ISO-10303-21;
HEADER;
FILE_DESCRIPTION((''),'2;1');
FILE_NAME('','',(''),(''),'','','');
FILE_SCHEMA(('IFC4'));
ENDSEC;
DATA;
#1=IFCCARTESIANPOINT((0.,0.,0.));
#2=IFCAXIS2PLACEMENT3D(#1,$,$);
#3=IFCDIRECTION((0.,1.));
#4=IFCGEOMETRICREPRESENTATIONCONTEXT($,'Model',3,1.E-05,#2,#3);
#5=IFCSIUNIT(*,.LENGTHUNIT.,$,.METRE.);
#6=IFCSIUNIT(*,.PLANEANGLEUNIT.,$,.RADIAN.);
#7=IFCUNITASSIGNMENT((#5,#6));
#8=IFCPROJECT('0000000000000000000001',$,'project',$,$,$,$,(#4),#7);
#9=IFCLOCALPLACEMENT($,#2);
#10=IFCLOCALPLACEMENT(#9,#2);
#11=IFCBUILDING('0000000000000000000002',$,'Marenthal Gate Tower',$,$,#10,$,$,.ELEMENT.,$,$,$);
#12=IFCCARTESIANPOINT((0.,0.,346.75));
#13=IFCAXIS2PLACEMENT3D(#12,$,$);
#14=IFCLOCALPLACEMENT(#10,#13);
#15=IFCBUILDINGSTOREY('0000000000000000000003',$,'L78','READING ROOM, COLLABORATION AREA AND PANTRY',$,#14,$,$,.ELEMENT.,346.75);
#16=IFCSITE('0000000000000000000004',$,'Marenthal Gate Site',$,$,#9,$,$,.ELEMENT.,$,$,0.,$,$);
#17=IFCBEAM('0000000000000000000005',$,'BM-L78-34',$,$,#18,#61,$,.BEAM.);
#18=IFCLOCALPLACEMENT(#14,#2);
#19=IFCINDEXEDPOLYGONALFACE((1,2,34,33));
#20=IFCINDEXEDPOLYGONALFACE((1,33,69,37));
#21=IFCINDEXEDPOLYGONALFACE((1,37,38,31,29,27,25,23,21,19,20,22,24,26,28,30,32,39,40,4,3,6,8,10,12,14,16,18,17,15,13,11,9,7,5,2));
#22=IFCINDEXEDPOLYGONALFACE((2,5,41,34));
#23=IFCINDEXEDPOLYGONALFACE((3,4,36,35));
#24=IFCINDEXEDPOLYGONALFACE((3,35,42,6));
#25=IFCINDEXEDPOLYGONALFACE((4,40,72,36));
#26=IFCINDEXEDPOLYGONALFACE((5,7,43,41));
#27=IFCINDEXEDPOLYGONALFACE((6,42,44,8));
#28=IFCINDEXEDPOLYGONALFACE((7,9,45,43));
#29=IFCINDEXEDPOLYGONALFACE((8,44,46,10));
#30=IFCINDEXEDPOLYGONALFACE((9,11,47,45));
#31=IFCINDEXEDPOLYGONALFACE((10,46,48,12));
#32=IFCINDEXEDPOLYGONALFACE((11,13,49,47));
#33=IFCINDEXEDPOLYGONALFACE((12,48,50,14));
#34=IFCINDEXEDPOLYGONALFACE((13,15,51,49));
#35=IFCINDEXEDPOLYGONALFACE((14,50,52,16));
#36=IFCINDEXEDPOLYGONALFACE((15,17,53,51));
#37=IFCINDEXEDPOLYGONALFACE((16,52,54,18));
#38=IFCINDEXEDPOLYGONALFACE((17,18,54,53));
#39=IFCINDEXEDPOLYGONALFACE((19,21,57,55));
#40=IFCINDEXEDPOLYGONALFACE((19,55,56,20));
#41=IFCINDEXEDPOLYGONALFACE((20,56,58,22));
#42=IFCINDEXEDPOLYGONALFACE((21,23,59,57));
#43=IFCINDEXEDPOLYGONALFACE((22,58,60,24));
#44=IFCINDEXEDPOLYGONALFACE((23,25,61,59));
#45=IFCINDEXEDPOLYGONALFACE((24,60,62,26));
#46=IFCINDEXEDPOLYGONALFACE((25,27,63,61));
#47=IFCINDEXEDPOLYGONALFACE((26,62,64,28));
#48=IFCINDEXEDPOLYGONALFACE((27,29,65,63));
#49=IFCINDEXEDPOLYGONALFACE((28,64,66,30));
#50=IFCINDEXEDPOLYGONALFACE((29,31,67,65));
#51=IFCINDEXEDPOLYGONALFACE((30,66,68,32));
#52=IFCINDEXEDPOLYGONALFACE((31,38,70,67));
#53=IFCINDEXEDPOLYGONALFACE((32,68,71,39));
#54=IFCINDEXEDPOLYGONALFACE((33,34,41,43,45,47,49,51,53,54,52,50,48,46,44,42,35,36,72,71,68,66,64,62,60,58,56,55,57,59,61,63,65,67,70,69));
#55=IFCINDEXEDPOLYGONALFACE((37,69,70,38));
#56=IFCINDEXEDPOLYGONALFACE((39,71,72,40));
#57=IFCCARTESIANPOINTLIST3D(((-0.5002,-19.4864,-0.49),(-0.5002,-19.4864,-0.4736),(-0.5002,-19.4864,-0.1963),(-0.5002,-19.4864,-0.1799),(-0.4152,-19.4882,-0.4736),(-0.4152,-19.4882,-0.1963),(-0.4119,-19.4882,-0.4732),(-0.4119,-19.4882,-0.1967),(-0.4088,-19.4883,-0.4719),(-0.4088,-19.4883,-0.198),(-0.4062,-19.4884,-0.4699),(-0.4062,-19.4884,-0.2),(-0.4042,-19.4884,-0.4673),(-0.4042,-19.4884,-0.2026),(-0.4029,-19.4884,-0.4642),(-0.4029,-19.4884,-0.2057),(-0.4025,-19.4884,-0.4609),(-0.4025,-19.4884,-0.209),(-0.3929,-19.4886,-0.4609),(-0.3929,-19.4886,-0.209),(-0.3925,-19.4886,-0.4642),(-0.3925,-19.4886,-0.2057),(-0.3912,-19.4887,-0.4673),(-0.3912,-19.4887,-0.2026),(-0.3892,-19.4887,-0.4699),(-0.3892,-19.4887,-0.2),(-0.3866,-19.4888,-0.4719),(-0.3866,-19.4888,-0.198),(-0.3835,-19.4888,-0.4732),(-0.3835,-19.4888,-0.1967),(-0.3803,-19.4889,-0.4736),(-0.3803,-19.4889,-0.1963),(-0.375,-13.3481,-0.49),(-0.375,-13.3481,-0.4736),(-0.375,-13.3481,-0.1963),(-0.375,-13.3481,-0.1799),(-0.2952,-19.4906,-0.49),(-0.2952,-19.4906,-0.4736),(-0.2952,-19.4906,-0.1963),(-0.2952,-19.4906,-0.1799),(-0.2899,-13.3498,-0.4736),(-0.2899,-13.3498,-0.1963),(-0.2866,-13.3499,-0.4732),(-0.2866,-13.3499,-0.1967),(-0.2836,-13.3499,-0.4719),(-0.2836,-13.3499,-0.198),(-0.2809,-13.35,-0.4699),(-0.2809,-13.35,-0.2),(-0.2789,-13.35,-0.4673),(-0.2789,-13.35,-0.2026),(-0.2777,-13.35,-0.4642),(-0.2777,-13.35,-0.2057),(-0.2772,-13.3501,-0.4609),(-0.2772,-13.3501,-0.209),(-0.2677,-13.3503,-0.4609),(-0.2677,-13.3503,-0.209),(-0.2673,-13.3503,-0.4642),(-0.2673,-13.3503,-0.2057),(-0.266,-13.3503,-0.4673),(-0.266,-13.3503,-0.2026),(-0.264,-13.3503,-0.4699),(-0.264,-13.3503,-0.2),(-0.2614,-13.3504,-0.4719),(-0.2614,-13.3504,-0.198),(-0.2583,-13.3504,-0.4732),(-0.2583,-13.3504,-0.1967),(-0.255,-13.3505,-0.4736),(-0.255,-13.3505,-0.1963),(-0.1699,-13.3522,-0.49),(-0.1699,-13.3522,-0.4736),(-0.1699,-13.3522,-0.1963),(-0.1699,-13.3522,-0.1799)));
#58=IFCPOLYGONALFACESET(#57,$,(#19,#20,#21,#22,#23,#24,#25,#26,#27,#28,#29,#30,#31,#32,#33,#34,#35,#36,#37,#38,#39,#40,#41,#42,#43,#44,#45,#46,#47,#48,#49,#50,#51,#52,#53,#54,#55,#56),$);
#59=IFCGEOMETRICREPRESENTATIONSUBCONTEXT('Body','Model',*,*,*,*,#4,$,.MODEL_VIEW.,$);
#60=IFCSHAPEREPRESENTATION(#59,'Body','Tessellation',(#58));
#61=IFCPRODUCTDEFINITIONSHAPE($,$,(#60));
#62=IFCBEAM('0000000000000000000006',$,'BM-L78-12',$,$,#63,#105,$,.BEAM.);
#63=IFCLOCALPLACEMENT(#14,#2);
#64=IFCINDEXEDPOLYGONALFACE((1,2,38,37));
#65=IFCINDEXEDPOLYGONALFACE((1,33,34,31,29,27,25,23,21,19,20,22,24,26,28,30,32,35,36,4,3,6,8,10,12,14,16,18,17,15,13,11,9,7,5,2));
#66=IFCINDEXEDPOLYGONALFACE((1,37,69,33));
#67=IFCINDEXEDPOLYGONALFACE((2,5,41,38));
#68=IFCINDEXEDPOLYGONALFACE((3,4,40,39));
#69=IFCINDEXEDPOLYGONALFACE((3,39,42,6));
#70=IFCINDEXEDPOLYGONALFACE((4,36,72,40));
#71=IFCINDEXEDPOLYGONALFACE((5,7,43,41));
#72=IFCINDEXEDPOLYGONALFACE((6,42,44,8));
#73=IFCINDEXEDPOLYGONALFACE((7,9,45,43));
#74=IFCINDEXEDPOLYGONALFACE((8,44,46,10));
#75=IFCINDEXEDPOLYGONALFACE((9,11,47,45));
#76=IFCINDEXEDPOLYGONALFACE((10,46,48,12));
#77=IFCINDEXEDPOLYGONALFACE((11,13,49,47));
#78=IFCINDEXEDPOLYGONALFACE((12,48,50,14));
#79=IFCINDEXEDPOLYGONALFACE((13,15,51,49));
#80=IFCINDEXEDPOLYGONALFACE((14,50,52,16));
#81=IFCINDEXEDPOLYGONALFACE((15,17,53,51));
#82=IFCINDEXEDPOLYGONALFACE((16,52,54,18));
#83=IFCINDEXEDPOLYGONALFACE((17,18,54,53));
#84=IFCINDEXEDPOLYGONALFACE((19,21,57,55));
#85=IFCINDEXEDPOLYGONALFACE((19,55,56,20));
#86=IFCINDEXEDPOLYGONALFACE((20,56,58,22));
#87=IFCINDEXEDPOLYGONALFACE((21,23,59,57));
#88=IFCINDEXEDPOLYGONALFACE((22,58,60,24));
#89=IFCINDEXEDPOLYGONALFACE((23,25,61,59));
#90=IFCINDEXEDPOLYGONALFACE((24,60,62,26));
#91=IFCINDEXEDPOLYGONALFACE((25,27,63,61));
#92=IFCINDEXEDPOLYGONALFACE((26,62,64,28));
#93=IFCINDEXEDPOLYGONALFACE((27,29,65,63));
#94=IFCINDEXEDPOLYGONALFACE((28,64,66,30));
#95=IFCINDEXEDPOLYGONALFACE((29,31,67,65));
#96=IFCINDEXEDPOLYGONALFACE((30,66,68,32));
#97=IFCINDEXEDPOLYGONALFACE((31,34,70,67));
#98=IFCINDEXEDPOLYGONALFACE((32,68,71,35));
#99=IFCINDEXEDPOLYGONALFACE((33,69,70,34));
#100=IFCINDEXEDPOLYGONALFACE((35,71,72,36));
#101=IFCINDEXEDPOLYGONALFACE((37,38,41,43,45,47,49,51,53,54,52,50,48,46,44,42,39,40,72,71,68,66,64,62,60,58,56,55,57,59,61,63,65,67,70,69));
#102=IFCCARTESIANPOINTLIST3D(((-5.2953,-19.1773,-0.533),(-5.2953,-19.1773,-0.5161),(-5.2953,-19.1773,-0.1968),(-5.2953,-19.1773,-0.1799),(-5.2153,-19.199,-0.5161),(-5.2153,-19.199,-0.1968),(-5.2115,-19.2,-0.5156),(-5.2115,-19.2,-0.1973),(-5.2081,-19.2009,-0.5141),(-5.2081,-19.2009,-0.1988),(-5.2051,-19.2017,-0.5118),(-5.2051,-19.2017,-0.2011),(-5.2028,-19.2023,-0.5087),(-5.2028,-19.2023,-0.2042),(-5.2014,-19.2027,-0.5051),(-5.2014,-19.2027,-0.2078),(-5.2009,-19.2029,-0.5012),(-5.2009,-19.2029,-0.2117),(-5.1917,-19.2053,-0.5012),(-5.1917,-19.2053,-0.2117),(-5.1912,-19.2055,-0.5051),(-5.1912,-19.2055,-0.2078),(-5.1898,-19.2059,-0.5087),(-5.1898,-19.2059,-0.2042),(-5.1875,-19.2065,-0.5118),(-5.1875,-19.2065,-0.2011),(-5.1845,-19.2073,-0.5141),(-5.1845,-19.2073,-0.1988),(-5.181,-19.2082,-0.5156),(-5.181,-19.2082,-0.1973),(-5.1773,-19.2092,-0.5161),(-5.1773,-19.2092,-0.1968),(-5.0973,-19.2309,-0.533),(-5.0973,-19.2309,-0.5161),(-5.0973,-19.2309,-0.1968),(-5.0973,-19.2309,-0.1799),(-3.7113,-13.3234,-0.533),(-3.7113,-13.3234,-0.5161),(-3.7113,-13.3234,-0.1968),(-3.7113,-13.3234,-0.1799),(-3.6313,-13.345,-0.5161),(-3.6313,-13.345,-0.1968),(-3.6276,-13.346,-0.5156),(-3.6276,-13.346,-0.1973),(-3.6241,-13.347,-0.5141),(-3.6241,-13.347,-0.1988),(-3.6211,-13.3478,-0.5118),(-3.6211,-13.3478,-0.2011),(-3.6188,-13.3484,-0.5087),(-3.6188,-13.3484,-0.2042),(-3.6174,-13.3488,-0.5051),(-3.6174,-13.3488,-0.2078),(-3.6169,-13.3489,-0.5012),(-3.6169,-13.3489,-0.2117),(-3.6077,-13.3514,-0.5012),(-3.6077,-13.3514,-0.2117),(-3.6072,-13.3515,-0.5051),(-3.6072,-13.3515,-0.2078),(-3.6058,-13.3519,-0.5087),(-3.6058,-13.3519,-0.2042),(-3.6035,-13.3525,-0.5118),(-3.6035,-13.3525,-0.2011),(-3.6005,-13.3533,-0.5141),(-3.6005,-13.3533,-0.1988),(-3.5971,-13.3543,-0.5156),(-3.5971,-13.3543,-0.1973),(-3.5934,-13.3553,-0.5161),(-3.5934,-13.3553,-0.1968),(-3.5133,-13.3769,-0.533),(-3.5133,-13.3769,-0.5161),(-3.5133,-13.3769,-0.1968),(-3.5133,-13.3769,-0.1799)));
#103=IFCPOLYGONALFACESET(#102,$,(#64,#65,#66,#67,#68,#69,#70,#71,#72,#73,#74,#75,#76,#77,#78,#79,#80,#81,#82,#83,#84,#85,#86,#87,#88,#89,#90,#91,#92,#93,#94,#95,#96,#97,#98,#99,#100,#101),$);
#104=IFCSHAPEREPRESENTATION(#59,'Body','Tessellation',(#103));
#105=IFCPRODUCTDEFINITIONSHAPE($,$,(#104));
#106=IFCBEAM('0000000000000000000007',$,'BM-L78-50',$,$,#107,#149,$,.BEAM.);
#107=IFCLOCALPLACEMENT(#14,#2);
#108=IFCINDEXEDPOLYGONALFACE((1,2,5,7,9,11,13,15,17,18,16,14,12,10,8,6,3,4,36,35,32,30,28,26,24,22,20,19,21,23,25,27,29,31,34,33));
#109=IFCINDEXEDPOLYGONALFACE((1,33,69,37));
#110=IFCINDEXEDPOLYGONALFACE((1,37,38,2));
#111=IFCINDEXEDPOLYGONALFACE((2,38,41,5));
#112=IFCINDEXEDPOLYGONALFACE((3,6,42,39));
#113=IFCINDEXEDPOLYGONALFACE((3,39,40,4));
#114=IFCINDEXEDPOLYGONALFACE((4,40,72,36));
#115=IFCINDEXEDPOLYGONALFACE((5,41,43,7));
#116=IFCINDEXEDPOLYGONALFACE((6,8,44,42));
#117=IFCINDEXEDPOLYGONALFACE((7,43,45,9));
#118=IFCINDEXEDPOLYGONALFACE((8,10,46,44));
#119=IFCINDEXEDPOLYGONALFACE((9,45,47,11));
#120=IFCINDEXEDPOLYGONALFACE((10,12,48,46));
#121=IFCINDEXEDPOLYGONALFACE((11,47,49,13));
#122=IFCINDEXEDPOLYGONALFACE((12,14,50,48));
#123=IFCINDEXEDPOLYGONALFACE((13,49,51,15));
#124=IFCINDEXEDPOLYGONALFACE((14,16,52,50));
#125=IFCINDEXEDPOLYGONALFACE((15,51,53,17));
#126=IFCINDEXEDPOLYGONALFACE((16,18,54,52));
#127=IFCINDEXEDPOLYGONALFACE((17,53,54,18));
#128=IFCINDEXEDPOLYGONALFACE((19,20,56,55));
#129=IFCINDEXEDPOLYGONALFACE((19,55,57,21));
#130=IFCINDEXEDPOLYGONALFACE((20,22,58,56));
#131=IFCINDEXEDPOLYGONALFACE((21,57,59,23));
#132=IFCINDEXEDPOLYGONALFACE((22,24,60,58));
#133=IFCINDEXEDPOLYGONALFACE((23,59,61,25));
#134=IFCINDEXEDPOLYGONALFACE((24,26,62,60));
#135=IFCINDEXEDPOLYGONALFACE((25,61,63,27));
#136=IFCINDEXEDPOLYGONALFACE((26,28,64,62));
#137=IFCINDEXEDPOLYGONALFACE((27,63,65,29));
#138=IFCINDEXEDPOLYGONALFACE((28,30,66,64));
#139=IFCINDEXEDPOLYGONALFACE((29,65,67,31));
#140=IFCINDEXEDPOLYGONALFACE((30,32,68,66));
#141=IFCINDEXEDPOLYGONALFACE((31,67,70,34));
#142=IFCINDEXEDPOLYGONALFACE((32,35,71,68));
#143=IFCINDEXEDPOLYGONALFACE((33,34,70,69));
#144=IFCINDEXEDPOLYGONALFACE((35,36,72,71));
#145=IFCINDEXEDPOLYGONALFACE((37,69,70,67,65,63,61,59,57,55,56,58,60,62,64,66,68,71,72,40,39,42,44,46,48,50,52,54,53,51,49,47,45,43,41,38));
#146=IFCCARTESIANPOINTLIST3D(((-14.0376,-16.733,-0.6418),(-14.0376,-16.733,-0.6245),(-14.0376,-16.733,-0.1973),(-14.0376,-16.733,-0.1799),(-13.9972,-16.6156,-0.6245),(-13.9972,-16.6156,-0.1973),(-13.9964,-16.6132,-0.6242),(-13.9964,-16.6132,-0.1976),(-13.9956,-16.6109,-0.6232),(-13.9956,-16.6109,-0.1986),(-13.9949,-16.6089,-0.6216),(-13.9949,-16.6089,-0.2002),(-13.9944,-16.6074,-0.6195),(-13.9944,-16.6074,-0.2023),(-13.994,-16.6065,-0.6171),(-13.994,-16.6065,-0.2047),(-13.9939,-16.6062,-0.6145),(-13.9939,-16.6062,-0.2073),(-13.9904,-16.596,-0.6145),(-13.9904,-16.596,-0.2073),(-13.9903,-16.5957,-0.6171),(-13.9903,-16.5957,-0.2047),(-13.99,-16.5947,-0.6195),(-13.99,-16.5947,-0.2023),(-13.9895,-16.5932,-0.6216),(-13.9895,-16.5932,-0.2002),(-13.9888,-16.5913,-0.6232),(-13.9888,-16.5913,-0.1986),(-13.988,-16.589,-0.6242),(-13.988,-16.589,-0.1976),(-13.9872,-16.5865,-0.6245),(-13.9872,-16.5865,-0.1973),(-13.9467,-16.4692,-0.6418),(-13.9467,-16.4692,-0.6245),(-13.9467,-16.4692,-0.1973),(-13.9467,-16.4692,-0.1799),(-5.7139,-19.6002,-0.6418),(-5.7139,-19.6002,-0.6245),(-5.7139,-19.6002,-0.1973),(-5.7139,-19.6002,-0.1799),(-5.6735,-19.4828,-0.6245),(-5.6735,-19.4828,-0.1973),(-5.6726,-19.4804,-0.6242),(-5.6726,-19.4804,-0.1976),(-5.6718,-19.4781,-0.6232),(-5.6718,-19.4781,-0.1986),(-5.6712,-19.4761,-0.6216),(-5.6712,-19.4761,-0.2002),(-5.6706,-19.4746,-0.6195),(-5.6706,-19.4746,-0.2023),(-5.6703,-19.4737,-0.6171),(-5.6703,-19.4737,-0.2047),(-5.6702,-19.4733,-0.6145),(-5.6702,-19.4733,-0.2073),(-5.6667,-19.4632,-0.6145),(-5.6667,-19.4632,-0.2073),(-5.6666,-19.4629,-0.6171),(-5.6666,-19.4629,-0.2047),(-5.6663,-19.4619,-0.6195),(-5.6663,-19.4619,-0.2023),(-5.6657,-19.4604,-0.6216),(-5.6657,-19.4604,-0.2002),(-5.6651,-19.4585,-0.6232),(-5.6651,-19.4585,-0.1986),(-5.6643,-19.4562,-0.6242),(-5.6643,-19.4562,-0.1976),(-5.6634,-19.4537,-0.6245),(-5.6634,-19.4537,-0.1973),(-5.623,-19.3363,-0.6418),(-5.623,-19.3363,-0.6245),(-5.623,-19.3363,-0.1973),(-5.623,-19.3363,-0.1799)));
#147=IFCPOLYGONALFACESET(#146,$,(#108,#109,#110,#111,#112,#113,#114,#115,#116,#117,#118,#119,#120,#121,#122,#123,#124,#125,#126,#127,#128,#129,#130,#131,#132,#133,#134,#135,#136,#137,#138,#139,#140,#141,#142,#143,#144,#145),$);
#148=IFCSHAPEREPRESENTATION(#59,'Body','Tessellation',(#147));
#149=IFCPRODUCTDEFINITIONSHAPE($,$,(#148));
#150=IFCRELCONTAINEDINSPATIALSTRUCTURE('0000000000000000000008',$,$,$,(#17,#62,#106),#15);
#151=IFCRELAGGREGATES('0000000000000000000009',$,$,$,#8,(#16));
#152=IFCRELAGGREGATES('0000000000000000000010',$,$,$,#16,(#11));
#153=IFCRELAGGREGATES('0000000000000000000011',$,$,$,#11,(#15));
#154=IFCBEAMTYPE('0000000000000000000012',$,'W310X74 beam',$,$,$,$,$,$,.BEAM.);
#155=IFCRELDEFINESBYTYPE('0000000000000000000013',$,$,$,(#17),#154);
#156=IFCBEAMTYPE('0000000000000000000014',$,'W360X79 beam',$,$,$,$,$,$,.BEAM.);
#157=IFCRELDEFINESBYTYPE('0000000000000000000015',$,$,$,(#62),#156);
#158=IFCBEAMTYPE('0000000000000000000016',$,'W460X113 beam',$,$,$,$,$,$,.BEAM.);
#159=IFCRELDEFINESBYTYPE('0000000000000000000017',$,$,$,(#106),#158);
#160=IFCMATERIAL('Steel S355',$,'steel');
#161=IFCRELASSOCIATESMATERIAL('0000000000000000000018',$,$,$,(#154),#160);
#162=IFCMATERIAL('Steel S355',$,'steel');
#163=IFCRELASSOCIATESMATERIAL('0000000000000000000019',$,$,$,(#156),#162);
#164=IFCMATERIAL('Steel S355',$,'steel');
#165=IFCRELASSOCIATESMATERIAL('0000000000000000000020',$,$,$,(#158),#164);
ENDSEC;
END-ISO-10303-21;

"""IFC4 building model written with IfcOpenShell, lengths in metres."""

from ifc_helpers import new_model, si_unit, direction, frame, origin, origin_2d, place, context, subcontext, project, spatial, i_section, extrude, material, material_profile, profile_set, type_object, element, save


model = new_model("IFC4")

# Units and contexts
model_context = context("Model", 3, precision=1e-05, world=origin(), true_north=direction((0.0, 1.0)))
body_context = subcontext(model_context, "Body", "Model", "MODEL_VIEW")
ifc_project = project(units=[si_unit("LENGTHUNIT", "METRE"), si_unit("PLANEANGLEUNIT", "RADIAN")], contexts=[model_context])

# Site, building, storey
site_placement = place(None, origin())
site = spatial("IfcSite", under=ifc_project, at=site_placement, Name="Marenthal Gate Site", CompositionType="ELEMENT", RefElevation=0.0)
building_placement = place(site_placement, origin())
building = spatial("IfcBuilding", under=site, at=building_placement, Name="Marenthal Gate Tower", CompositionType="ELEMENT")
storey_placement = place(building_placement, frame((0.0, 0.0, 346.75)))
storey = spatial("IfcBuildingStorey", under=building, at=storey_placement, Name="L78", Description="READING ROOM, COLLABORATION AREA AND PANTRY", CompositionType="ELEMENT", Elevation=346.75)

# Beams
ifc_material_1 = material(Name="Steel S355", Category="steel")
ifc_material_profile_1 = material_profile(ifc_material_1, i_section(OverallWidth=0.2051, OverallDepth=0.3101, WebThickness=0.0095, FlangeThickness=0.0164, FilletRadius=0.0127, at=origin_2d()), Name="W310X74")
ifc_profile_set_1 = profile_set([ifc_material_profile_1], Name="Steel S355")
beam_type_1 = type_object("IfcBeamType", Name="W310X74 beam", PredefinedType="BEAM", material=ifc_profile_set_1)
beam_1_placement = place(storey_placement, frame((-0.3977, -19.4885, -0.335), z_axis=(0.020399, 0.999792, 0.0), x_axis=(-0.999792, 0.020399, 0.0)))
element("IfcBeam", 1, at=beam_1_placement, inside=storey, type_object=beam_type_1, Name="BM-L78-34", PredefinedType="BEAM", context=body_context, shape_type="SweptSolid", body=[
    extrude(i_section(OverallWidth=0.2051, OverallDepth=0.3101, WebThickness=0.0095, FlangeThickness=0.0164, FilletRadius=0.0127, at=origin_2d()), origin(), (0.0, 0.0, 1.0), 6.1396),
])
ifc_material_2 = material(Name="Steel S355", Category="steel")
ifc_material_profile_2 = material_profile(ifc_material_2, i_section(OverallWidth=0.2051, OverallDepth=0.353, WebThickness=0.0095, FlangeThickness=0.0168, FilletRadius=0.0149, at=origin_2d()), Name="W360X79")
ifc_profile_set_2 = profile_set([ifc_material_profile_2], Name="Steel S355")
beam_type_2 = type_object("IfcBeamType", Name="W360X79 beam", PredefinedType="BEAM", material=ifc_profile_set_2)
beam_2_placement = place(storey_placement, frame((-5.1963, -19.2041, -0.3564), z_axis=(0.261189, 0.965288, 0.0), x_axis=(-0.965288, 0.261189, 0.0)))
element("IfcBeam", 2, at=beam_2_placement, inside=storey, type_object=beam_type_2, Name="BM-L78-12", PredefinedType="BEAM", context=body_context, shape_type="SweptSolid", body=[
    extrude(i_section(OverallWidth=0.2051, OverallDepth=0.353, WebThickness=0.0095, FlangeThickness=0.0168, FilletRadius=0.0149, at=origin_2d()), origin(), (0.0, 0.0, 1.0), 6.0645),
])
ifc_material_3 = material(Name="Steel S355", Category="steel")
ifc_material_profile_3 = material_profile(ifc_material_3, i_section(OverallWidth=0.2791, OverallDepth=0.4619, WebThickness=0.0107, FlangeThickness=0.0173, FilletRadius=0.01, at=origin_2d()), Name="W460X113")
ifc_profile_set_3 = profile_set([ifc_material_profile_3], Name="Steel S355")
beam_type_3 = type_object("IfcBeamType", Name="W460X113 beam", PredefinedType="BEAM", material=ifc_profile_set_3)
beam_3_placement = place(storey_placement, frame((-13.9922, -16.6011, -0.4109), z_axis=(0.94548, -0.32568, 0.0), x_axis=(0.32568, 0.94548, 0.0)))
element("IfcBeam", 3, at=beam_3_placement, inside=storey, type_object=beam_type_3, Name="BM-L78-50", PredefinedType="BEAM", context=body_context, shape_type="SweptSolid", body=[
    extrude(i_section(OverallWidth=0.2791, OverallDepth=0.4619, WebThickness=0.0107, FlangeThickness=0.0173, FilletRadius=0.01, at=origin_2d()), origin(), (0.0, 0.0, 1.0), 8.8037),
])

save(model, "model.ifc")
